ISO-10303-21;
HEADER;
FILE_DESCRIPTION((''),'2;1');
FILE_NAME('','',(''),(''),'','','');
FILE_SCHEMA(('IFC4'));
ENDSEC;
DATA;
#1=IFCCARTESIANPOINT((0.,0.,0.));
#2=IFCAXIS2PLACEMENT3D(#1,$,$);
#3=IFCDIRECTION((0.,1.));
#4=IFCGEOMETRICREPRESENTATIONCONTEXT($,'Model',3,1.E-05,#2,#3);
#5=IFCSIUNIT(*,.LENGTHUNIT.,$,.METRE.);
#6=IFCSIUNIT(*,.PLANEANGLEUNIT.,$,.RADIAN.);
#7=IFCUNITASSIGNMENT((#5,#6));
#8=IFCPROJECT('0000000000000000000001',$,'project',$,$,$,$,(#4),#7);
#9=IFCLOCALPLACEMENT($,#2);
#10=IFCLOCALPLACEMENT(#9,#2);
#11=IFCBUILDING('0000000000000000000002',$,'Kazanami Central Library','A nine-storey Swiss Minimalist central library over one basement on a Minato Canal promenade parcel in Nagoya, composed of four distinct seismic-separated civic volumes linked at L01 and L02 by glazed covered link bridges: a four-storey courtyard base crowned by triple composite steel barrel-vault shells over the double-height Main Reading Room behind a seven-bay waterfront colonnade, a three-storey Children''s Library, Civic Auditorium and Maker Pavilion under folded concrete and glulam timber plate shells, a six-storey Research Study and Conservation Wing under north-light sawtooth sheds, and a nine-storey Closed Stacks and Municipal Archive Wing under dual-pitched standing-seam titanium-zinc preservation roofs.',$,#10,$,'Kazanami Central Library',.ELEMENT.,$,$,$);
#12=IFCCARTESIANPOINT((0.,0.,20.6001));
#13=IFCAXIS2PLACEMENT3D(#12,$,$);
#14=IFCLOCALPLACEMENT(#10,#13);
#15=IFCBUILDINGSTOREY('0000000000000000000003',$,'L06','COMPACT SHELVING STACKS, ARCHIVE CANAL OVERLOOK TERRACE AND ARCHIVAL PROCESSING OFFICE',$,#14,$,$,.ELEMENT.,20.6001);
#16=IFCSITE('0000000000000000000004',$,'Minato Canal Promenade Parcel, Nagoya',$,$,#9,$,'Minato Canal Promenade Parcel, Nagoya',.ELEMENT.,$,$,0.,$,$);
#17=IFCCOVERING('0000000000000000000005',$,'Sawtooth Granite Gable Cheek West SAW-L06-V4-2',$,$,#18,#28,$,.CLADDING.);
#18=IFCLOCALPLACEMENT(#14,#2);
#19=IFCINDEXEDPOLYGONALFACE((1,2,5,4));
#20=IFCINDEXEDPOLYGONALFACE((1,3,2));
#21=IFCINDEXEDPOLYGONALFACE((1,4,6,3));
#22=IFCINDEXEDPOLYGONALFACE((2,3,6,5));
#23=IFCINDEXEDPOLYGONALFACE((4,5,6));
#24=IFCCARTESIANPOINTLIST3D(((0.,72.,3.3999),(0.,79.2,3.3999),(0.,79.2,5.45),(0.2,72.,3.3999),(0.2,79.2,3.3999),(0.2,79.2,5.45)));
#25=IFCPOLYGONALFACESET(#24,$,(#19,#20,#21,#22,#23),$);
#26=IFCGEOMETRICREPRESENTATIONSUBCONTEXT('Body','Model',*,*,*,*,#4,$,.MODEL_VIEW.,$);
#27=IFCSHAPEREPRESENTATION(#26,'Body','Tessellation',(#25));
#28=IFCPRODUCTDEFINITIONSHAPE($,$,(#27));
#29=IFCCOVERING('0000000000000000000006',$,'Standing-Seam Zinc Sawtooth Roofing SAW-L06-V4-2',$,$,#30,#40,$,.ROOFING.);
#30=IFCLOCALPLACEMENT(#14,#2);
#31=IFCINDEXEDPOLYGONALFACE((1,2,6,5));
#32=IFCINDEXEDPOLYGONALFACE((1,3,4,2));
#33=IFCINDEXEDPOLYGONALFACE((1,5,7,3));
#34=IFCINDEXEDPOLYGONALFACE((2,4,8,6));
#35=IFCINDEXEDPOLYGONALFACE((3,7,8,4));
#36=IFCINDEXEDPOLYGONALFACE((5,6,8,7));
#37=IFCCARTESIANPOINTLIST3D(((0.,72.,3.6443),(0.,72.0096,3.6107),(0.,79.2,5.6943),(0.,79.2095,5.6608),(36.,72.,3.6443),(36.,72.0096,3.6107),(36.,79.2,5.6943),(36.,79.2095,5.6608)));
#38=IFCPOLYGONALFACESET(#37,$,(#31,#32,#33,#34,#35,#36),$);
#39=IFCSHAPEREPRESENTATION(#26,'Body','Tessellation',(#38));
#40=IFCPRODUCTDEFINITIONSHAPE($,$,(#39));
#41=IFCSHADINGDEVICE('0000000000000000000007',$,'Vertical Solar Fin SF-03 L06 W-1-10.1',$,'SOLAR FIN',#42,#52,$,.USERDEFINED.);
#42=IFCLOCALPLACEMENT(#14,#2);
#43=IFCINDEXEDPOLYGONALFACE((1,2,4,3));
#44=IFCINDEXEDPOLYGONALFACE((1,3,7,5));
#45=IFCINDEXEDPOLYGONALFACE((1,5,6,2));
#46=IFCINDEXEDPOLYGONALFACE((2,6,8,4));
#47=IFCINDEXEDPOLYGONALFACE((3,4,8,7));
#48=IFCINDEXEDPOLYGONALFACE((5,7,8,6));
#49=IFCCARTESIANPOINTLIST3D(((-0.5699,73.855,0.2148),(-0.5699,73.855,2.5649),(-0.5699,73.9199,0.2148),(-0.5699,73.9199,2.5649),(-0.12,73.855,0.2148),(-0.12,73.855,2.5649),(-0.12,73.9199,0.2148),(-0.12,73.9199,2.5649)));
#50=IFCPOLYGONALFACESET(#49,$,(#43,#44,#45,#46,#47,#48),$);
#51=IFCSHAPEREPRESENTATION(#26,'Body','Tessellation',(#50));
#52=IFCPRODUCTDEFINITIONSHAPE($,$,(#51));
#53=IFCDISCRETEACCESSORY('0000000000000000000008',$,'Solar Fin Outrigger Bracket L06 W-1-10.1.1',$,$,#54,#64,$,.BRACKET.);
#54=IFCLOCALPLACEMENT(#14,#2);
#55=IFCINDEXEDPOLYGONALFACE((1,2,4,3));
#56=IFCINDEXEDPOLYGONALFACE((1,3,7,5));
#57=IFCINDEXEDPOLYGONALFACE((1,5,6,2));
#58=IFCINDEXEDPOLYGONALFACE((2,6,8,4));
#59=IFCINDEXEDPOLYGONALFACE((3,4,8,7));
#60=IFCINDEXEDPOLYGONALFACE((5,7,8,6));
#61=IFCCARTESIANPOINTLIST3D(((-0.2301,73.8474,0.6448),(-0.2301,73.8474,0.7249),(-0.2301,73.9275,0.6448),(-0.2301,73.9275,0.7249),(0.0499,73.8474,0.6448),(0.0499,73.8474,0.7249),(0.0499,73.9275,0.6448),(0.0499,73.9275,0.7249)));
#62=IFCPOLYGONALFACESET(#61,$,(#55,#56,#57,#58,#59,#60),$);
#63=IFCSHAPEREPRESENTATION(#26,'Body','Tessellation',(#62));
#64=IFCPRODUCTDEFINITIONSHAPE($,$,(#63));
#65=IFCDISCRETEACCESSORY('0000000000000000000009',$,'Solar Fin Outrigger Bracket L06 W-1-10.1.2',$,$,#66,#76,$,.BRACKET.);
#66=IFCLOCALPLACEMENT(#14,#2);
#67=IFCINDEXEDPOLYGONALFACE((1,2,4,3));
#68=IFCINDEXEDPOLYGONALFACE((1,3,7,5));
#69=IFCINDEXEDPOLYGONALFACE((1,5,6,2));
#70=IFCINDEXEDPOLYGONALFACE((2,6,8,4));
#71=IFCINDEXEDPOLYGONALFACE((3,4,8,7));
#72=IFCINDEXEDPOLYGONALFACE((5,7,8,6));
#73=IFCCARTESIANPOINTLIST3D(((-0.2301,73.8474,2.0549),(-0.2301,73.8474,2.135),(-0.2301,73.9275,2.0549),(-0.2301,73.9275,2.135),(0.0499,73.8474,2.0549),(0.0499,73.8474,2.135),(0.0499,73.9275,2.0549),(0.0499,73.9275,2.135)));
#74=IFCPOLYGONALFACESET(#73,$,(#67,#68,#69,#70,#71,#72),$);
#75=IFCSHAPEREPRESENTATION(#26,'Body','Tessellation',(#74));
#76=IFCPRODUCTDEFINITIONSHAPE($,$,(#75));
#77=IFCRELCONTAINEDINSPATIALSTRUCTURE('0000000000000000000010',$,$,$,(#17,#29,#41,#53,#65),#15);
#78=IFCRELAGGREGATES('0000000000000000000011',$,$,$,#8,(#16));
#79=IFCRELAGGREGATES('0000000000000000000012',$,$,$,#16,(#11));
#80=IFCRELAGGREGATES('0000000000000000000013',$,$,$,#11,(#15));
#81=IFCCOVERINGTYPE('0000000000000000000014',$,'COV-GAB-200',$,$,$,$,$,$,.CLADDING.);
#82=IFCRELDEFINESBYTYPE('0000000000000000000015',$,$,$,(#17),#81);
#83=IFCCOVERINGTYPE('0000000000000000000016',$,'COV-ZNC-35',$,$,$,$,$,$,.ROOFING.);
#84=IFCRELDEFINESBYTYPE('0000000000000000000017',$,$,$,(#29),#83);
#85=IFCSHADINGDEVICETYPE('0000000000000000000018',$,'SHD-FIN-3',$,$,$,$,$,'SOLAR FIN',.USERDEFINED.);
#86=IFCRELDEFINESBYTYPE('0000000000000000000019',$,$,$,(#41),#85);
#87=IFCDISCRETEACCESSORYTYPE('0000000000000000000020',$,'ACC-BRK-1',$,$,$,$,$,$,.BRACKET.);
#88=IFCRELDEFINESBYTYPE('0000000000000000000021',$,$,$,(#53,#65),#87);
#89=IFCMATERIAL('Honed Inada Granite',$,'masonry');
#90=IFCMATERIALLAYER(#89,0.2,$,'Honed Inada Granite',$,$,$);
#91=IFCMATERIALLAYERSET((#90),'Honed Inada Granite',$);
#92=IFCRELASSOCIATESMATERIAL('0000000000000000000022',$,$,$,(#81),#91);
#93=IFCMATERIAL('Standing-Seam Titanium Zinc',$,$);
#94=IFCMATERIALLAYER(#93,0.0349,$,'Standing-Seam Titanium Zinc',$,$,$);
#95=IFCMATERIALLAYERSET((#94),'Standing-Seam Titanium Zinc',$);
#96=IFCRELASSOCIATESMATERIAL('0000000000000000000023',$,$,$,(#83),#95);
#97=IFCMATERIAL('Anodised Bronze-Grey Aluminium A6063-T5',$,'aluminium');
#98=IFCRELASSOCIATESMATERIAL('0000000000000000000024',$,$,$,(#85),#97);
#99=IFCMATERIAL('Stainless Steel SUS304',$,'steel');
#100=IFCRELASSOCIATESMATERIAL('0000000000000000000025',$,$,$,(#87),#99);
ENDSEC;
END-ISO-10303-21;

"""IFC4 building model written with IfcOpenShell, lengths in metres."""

from ifc_helpers import new_model, si_unit, direction, frame, origin, origin_2d, place, context, subcontext, project, spatial, polyline, rectangle, outline, extrude, material, layer, layer_set, type_object, element, save


model = new_model("IFC4")

# Units and contexts
model_context = context("Model", 3, precision=1e-05, world=origin(), true_north=direction((0.0, 1.0)))
body_context = subcontext(model_context, "Body", "Model", "MODEL_VIEW")
ifc_project = project(units=[si_unit("LENGTHUNIT", "METRE"), si_unit("PLANEANGLEUNIT", "RADIAN")], contexts=[model_context])

# Site, building, storey
site_placement = place(None, origin())
site = spatial("IfcSite", under=ifc_project, at=site_placement, Name="Minato Canal Promenade Parcel, Nagoya", LongName="Minato Canal Promenade Parcel, Nagoya", CompositionType="ELEMENT", RefElevation=0.0)
building_placement = place(site_placement, origin())
building = spatial("IfcBuilding", under=site, at=building_placement, Name="Kazanami Central Library", Description="A nine-storey Swiss Minimalist central library over one basement on a Minato Canal promenade parcel in Nagoya, composed of four distinct seismic-separated civic volumes linked at L01 and L02 by glazed covered link bridges: a four-storey courtyard base crowned by triple composite steel barrel-vault shells over the double-height Main Reading Room behind a seven-bay waterfront colonnade, a three-storey Children's Library, Civic Auditorium and Maker Pavilion under folded concrete and glulam timber plate shells, a six-storey Research Study and Conservation Wing under north-light sawtooth sheds, and a nine-storey Closed Stacks and Municipal Archive Wing under dual-pitched standing-seam titanium-zinc preservation roofs.", LongName="Kazanami Central Library", CompositionType="ELEMENT")
storey_placement = place(building_placement, frame((0.0, 0.0, 20.6001)))
storey = spatial("IfcBuildingStorey", under=building, at=storey_placement, Name="L06", Description="COMPACT SHELVING STACKS, ARCHIVE CANAL OVERLOOK TERRACE AND ARCHIVAL PROCESSING OFFICE", CompositionType="ELEMENT", Elevation=20.6001)

# Shared definitions
ifc_material_1 = material(Name="Honed Inada Granite", Category="masonry")

# Shared definitions
ifc_material_2 = material(Name="Standing-Seam Titanium Zinc")

# Coverings
ifc_layer_1 = layer(ifc_material_1, 0.2, Name="Honed Inada Granite")
ifc_layer_set_1 = layer_set([ifc_layer_1], Name="Honed Inada Granite")
covering_type_1 = type_object("IfcCoveringType", Name="COV-GAB-200", PredefinedType="CLADDING", material=ifc_layer_set_1)
covering_1_placement = place(storey_placement, frame((0.2, 72.0, 3.3999), z_axis=(1.0, 0.0, 0.0), x_axis=(0.0, 1.0, 0.0)))
element("IfcCovering", 1, at=covering_1_placement, inside=storey, type_object=covering_type_1, Name="Sawtooth Granite Gable Cheek West SAW-L06-V4-2", PredefinedType="CLADDING", context=body_context, shape_type="SweptSolid", body=[
    extrude(outline(polyline([(0.0, 0.0), (7.2, 0.0), (7.2, 2.05), (0.0, 0.0)])), origin(), (0.0, 0.0, -1.0), 0.2),
])
ifc_layer_2 = layer(ifc_material_2, 0.0349, Name="Standing-Seam Titanium Zinc")
ifc_layer_set_2 = layer_set([ifc_layer_2], Name="Standing-Seam Titanium Zinc")
covering_type_2 = type_object("IfcCoveringType", Name="COV-ZNC-35", PredefinedType="ROOFING", material=ifc_layer_set_2)
covering_2_placement = place(storey_placement, frame((0.0, 72.0, 3.6443), z_axis=(0.0, -0.273847, 0.961773), x_axis=(1.0, 0.0, 0.0)))
element("IfcCovering", 2, at=covering_2_placement, inside=storey, type_object=covering_type_2, Name="Standing-Seam Zinc Sawtooth Roofing SAW-L06-V4-2", PredefinedType="ROOFING", context=body_context, shape_type="SweptSolid", body=[
    extrude(outline(polyline([(0.0, 0.0), (36.0, 0.0), (36.0, 7.4861), (0.0, 7.4861), (0.0, 0.0)])), origin(), (0.0, 0.0, -1.0), 0.0349),
])

# Shading device
ifc_material_3 = material(Name="Anodised Bronze-Grey Aluminium A6063-T5", Category="aluminium")
shading_device_type = type_object("IfcShadingDeviceType", Name="SHD-FIN-3", ElementType="SOLAR FIN", PredefinedType="USERDEFINED", material=ifc_material_3)
shading_device_placement = place(storey_placement, frame((-0.345, 73.8875, 0.2148), z_axis=(0.0, 0.0, 1.0), x_axis=(0.0, 1.0, 0.0)))
element("IfcShadingDevice", 3, at=shading_device_placement, inside=storey, type_object=shading_device_type, Name="Vertical Solar Fin SF-03 L06 W-1-10.1", ObjectType="SOLAR FIN", PredefinedType="USERDEFINED", context=body_context, shape_type="SweptSolid", body=[
    extrude(rectangle(XDim=0.0649, YDim=0.45, at=origin_2d()), origin(), (0.0, 0.0, 1.0), 2.3501),
])

# Discrete accessories
ifc_material_4 = material(Name="Stainless Steel SUS304", Category="steel")
discrete_accessory_type = type_object("IfcDiscreteAccessoryType", Name="ACC-BRK-1", PredefinedType="BRACKET", material=ifc_material_4)
for number, where, z_axis, x_axis, name in (
    (4, (-0.0901, 73.8875, 0.6448), (0.0, 0.0, 1.0), (0.0, 1.0, 0.0), "Solar Fin Outrigger Bracket L06 W-1-10.1.1"),
    (5, (-0.0901, 73.8875, 2.0549), (0.0, 0.0, 1.0), (0.0, 1.0, 0.0), "Solar Fin Outrigger Bracket L06 W-1-10.1.2"),
):
    element("IfcDiscreteAccessory", number, at=place(storey_placement, frame(where, z_axis=z_axis, x_axis=x_axis)), inside=storey, type_object=discrete_accessory_type, Name=name, PredefinedType="BRACKET", context=body_context, shape_type="SweptSolid", body=[
        extrude(rectangle(XDim=0.0801, YDim=0.28, at=origin_2d()), origin(), (0.0, 0.0, 1.0), 0.0801),
    ])

save(model, "model.ifc")
